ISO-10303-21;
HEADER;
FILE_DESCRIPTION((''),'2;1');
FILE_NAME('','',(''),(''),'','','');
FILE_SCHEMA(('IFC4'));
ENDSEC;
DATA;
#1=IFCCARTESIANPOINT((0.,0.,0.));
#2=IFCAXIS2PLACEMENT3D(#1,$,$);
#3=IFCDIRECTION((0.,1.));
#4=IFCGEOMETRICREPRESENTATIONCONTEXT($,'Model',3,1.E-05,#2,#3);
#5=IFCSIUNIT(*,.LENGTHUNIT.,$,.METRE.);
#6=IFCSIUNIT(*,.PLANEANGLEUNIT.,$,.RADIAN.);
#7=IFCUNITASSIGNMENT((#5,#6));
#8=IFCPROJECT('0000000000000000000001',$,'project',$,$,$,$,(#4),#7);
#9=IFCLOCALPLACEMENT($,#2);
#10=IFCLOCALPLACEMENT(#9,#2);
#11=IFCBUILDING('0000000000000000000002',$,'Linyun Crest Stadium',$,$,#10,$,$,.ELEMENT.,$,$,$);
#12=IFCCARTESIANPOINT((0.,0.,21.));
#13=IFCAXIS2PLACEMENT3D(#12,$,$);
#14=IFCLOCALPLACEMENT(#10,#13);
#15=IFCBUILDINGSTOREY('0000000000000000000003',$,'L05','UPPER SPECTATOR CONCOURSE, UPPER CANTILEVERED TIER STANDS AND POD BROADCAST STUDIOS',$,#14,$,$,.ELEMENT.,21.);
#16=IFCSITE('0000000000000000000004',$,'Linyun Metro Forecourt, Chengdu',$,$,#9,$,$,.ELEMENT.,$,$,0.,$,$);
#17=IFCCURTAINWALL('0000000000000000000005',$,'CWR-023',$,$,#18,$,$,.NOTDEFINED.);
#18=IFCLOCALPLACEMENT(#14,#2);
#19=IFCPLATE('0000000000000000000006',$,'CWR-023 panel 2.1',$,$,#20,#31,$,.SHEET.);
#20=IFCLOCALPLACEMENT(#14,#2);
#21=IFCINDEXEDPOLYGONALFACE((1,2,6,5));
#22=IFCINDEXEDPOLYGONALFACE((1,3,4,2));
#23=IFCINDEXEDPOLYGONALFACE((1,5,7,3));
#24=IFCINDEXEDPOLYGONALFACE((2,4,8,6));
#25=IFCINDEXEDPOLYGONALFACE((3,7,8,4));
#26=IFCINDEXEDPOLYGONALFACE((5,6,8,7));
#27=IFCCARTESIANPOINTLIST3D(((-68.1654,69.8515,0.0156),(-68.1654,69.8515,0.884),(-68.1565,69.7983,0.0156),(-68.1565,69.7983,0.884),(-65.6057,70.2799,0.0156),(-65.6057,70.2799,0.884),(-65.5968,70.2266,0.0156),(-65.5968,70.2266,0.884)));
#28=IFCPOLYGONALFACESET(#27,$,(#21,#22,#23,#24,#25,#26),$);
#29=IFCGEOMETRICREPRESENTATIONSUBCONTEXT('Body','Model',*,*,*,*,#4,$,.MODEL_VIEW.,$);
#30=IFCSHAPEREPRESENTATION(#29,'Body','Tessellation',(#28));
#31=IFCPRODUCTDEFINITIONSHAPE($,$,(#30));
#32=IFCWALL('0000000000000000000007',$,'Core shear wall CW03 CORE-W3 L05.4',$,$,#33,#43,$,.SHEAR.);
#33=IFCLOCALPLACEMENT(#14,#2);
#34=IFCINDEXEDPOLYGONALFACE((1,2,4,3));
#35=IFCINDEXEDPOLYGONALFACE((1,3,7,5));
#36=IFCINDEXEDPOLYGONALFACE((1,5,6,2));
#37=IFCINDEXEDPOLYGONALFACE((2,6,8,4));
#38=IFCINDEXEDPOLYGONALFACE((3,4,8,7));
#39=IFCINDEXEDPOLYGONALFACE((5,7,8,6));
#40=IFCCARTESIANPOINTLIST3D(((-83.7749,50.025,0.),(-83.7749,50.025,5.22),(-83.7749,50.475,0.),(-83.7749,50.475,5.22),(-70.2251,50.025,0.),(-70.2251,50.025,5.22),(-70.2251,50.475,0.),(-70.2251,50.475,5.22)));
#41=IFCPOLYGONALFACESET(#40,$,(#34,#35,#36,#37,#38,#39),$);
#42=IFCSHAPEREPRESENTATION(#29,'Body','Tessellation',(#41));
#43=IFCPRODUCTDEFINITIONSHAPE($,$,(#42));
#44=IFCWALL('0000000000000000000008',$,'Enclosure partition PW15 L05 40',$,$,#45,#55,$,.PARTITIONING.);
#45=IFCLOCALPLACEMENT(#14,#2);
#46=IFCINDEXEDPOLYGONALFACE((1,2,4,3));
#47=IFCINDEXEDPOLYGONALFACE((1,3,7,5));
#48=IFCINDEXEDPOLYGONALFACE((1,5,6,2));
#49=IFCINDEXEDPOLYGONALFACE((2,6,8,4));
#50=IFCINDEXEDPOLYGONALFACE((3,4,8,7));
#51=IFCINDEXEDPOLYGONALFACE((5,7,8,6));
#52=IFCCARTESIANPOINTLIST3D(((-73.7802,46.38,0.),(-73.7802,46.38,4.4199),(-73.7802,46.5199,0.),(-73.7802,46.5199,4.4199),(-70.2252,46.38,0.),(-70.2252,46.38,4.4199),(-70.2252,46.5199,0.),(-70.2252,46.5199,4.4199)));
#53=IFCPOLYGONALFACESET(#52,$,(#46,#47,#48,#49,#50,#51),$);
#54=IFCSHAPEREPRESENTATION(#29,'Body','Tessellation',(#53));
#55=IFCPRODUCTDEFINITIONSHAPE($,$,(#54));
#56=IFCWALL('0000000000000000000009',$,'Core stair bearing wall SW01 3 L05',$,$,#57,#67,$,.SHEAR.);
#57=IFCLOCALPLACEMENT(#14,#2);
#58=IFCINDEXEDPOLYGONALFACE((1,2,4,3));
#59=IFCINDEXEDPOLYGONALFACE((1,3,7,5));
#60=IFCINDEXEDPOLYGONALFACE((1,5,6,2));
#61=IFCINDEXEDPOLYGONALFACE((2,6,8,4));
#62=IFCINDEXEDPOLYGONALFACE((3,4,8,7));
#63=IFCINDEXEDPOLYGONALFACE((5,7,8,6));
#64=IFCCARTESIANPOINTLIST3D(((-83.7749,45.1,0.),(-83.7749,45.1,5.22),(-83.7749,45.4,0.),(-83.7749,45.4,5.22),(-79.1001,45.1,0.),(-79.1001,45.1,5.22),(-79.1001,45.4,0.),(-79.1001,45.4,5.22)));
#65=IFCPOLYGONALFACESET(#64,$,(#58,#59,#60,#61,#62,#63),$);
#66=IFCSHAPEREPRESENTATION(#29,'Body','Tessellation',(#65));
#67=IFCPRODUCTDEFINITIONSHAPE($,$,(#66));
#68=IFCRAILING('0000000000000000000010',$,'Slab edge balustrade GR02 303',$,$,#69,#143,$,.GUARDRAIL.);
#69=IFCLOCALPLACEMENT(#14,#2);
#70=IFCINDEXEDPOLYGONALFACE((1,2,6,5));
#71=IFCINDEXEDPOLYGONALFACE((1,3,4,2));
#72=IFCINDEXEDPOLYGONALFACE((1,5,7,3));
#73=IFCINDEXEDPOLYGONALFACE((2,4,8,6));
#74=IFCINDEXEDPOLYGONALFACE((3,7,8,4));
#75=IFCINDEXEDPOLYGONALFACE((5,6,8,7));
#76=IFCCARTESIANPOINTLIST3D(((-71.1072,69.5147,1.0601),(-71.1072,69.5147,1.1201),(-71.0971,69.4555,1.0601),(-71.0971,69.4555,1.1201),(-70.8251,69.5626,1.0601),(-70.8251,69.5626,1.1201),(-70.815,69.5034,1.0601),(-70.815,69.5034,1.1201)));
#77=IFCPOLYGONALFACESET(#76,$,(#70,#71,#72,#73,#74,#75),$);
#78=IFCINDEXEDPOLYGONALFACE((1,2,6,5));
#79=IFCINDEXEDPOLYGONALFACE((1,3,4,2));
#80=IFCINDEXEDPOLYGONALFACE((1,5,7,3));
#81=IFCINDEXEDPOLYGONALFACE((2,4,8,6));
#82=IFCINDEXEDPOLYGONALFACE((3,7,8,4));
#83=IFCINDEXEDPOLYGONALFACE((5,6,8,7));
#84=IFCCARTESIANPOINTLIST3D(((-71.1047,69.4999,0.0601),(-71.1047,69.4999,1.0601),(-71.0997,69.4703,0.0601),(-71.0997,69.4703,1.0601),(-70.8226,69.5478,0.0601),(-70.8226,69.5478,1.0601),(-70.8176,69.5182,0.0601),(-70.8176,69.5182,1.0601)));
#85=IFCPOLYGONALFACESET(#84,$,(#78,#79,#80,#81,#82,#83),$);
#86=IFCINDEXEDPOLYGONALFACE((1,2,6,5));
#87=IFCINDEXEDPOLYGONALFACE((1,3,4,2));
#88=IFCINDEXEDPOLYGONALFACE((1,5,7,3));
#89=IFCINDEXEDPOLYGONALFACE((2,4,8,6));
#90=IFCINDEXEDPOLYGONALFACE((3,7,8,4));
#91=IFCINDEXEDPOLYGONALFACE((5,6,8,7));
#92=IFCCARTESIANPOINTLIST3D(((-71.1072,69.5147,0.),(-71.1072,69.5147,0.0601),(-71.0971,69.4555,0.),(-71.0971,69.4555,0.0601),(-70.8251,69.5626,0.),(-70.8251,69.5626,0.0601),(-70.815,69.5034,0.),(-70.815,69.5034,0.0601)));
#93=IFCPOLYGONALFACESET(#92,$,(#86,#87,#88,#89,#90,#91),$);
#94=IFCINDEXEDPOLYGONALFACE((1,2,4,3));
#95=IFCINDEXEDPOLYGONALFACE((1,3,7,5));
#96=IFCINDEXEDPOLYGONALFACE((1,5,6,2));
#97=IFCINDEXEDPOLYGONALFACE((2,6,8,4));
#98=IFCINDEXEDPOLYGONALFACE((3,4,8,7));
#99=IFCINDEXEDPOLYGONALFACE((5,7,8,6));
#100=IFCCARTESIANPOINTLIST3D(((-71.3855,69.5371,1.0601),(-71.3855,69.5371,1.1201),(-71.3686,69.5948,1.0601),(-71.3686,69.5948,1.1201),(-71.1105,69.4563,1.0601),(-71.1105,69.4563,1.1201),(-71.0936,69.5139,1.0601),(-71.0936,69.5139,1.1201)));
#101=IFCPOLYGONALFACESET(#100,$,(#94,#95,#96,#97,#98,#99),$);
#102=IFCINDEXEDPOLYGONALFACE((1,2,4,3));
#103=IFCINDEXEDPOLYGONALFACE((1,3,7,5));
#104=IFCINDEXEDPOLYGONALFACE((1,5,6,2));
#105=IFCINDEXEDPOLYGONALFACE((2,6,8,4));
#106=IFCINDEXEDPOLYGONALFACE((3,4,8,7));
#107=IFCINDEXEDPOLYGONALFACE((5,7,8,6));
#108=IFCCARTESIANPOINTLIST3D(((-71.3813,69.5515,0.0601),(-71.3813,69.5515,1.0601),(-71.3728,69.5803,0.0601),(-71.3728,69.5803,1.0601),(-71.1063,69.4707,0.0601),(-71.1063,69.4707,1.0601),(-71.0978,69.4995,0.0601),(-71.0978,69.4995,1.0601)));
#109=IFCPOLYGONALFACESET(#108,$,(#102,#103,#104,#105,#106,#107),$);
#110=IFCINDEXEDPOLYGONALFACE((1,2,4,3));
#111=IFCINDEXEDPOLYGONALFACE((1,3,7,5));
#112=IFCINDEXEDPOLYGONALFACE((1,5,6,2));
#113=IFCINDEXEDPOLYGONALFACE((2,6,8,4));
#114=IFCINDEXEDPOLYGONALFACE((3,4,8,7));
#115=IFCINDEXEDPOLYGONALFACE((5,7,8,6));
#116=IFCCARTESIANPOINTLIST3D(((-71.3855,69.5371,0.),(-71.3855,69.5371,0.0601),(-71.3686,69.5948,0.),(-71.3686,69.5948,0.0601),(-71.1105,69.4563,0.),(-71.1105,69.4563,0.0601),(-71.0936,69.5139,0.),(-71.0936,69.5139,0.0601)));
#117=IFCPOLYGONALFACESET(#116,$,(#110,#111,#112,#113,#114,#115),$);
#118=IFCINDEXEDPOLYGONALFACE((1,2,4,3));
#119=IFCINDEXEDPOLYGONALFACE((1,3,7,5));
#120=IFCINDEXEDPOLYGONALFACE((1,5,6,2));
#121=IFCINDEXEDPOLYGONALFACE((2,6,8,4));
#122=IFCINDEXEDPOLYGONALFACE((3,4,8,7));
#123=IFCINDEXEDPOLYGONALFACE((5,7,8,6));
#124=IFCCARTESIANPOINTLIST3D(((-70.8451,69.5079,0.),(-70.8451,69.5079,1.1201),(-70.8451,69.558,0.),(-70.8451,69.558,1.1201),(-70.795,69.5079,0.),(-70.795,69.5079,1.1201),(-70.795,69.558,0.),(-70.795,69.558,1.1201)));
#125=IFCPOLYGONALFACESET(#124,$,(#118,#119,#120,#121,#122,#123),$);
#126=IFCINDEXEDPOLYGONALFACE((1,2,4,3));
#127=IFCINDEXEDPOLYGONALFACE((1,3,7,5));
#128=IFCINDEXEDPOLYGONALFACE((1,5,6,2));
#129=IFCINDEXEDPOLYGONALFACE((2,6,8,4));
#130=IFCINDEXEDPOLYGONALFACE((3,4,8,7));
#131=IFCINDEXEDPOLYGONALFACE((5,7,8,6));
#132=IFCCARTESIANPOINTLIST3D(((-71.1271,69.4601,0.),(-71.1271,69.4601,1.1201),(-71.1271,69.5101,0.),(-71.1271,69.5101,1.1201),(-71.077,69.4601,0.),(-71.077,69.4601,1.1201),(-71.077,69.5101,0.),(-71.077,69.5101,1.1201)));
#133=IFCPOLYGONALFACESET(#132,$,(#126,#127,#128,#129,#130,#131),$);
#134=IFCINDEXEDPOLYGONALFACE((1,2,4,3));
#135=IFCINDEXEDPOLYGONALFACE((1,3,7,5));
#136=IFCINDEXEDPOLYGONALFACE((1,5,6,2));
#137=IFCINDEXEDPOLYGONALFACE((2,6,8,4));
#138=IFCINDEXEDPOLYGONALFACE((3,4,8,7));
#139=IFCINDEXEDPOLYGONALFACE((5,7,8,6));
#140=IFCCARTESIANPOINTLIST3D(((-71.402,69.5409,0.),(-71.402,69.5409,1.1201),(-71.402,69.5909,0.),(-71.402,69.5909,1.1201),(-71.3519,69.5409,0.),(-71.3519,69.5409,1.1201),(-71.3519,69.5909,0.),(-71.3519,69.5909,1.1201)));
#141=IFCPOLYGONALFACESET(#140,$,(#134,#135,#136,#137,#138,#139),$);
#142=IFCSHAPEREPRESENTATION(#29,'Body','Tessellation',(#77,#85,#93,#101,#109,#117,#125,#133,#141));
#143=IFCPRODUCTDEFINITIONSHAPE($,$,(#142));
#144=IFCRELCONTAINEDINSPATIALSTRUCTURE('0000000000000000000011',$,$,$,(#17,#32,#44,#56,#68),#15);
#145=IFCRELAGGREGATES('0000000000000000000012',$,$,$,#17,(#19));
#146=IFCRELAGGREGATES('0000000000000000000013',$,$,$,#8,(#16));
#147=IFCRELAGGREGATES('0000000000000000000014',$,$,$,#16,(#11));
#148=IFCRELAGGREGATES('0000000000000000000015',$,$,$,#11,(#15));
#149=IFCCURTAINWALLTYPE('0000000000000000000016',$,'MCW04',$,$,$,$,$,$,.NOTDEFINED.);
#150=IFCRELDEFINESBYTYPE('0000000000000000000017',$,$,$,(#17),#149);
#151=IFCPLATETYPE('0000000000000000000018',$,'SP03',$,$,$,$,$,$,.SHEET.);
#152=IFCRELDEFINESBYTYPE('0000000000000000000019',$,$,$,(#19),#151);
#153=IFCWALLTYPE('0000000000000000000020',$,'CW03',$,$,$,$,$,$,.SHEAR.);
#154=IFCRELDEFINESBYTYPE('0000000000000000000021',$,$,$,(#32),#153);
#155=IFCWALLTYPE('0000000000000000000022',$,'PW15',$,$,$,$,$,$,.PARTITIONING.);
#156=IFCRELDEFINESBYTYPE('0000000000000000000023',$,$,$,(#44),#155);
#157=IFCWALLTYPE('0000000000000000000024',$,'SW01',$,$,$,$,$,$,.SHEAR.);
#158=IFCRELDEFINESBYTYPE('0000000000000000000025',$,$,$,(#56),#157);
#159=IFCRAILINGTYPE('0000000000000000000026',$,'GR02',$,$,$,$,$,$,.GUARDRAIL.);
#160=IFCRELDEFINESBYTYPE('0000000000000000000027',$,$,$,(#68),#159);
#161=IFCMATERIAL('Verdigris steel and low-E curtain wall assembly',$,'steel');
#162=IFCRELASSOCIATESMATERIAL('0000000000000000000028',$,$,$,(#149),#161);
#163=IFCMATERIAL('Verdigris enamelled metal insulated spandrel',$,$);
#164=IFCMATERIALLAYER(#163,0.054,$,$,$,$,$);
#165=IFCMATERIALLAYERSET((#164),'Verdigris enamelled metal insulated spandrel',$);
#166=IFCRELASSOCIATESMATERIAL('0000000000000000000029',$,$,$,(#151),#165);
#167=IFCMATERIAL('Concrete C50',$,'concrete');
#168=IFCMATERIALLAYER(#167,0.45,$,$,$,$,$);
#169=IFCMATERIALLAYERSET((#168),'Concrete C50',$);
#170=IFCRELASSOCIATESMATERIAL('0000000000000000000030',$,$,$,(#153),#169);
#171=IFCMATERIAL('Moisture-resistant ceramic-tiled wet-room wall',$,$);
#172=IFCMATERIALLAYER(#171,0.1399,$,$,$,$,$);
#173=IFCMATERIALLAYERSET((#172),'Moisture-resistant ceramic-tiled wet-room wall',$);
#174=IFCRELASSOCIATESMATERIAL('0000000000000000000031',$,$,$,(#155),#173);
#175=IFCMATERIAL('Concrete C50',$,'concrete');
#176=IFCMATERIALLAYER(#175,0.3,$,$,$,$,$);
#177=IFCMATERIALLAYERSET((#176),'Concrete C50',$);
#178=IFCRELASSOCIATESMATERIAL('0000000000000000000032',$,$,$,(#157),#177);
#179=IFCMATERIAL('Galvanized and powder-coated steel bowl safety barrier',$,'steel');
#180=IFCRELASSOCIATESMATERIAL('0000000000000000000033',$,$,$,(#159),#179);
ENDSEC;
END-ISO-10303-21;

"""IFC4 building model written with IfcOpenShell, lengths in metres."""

from ifc_helpers import new_model, si_unit, direction, frame, frame_2d, origin, origin_2d, place, context, subcontext, project, spatial, rectangle, extrude, material, layer, layer_set, type_object, element, aggregate, save


model = new_model("IFC4")

# Units and contexts
model_context = context("Model", 3, precision=1e-05, world=origin(), true_north=direction((0.0, 1.0)))
body_context = subcontext(model_context, "Body", "Model", "MODEL_VIEW")
ifc_project = project(units=[si_unit("LENGTHUNIT", "METRE"), si_unit("PLANEANGLEUNIT", "RADIAN")], contexts=[model_context])

# Site, building, storey
site_placement = place(None, origin())
site = spatial("IfcSite", under=ifc_project, at=site_placement, Name="Linyun Metro Forecourt, Chengdu", CompositionType="ELEMENT", RefElevation=0.0)
building_placement = place(site_placement, origin())
building = spatial("IfcBuilding", under=site, at=building_placement, Name="Linyun Crest Stadium", CompositionType="ELEMENT")
storey_placement = place(building_placement, frame((0.0, 0.0, 21.0)))
storey = spatial("IfcBuildingStorey", under=building, at=storey_placement, Name="L05", Description="UPPER SPECTATOR CONCOURSE, UPPER CANTILEVERED TIER STANDS AND POD BROADCAST STUDIOS", CompositionType="ELEMENT", Elevation=21.0)

# Shared definitions
ifc_material_1 = material(Name="Verdigris steel and low-E curtain wall assembly", Category="steel")
curtain_wall_type = type_object("IfcCurtainWallType", Name="MCW04", PredefinedType="NOTDEFINED", material=ifc_material_1)

# Curtain wall
curtain_wall_1_placement = place(storey_placement, origin())
curtain_wall_1 = element("IfcCurtainWall", 1, at=curtain_wall_1_placement, inside=storey, type_object=curtain_wall_type, Name="CWR-023", PredefinedType="NOTDEFINED")

# Plate
ifc_material_2 = material(Name="Verdigris enamelled metal insulated spandrel")
ifc_layer_1 = layer(ifc_material_2, 0.054)
ifc_layer_set_1 = layer_set([ifc_layer_1], Name="Verdigris enamelled metal insulated spandrel")
plate_type_1 = type_object("IfcPlateType", Name="SP03", PredefinedType="SHEET", material=ifc_layer_set_1)
plate_1_placement = place(storey_placement, frame((-66.8811, 70.0391, 0.0156), z_axis=(0.0, 0.0, 1.0), x_axis=(0.986283, 0.165065, 0.0)))
plate_1 = element("IfcPlate", 2, at=plate_1_placement, type_object=plate_type_1, Name="CWR-023 panel 2.1", PredefinedType="SHEET", context=body_context, shape_type="SweptSolid", body=[
    extrude(rectangle(XDim=2.5952, YDim=0.054, at=origin_2d()), origin(), (0.0, 0.0, 1.0), 0.8684),
])
aggregate(curtain_wall_1, [plate_1])

# Wall
ifc_material_3 = material(Name="Concrete C50", Category="concrete")
ifc_layer_2 = layer(ifc_material_3, 0.45)
ifc_layer_set_2 = layer_set([ifc_layer_2], Name="Concrete C50")
wall_type_1 = type_object("IfcWallType", Name="CW03", PredefinedType="SHEAR", material=ifc_layer_set_2)
wall_1_placement = place(storey_placement, frame((-83.7749, 50.25, 0.0), z_axis=(0.0, 0.0, 1.0), x_axis=(1.0, 0.0, 0.0)))
element("IfcWall", 3, at=wall_1_placement, inside=storey, type_object=wall_type_1, Name="Core shear wall CW03 CORE-W3 L05.4", PredefinedType="SHEAR", context=body_context, shape_type="SweptSolid", body=[
    extrude(rectangle(XDim=13.5498, YDim=0.45, at=frame_2d((6.7749, 0.0))), origin(), (0.0, 0.0, 1.0), 5.22),
])

# Shared definitions
ifc_material_4 = material(Name="Moisture-resistant ceramic-tiled wet-room wall")
ifc_layer_3 = layer(ifc_material_4, 0.1399)
ifc_layer_set_3 = layer_set([ifc_layer_3], Name="Moisture-resistant ceramic-tiled wet-room wall")
wall_type_2 = type_object("IfcWallType", Name="PW15", PredefinedType="PARTITIONING", material=ifc_layer_set_3)

# Walls
wall_2_placement = place(storey_placement, frame((-73.78, 46.45, 0.0), z_axis=(0.0, 0.0, 1.0), x_axis=(1.0, 0.0, 0.0)))
element("IfcWall", 4, at=wall_2_placement, inside=storey, type_object=wall_type_2, Name="Enclosure partition PW15 L05 40", PredefinedType="PARTITIONING", context=body_context, shape_type="SweptSolid", body=[
    extrude(rectangle(XDim=3.5549, YDim=0.1399, at=frame_2d((1.7773, 0.0))), origin(), (0.0, 0.0, 1.0), 4.4199),
])
ifc_material_5 = material(Name="Concrete C50", Category="concrete")
ifc_layer_4 = layer(ifc_material_5, 0.3)
ifc_layer_set_4 = layer_set([ifc_layer_4], Name="Concrete C50")
wall_type_3 = type_object("IfcWallType", Name="SW01", PredefinedType="SHEAR", material=ifc_layer_set_4)
wall_3_placement = place(storey_placement, frame((-83.7749, 45.25, 0.0), z_axis=(0.0, 0.0, 1.0), x_axis=(1.0, 0.0, 0.0)))
element("IfcWall", 5, at=wall_3_placement, inside=storey, type_object=wall_type_3, Name="Core stair bearing wall SW01 3 L05", PredefinedType="SHEAR", context=body_context, shape_type="SweptSolid", body=[
    extrude(rectangle(XDim=4.6748, YDim=0.3, at=frame_2d((2.3374, 0.0))), origin(), (0.0, 0.0, 1.0), 5.22),
])

# Railing
ifc_material_6 = material(Name="Galvanized and powder-coated steel bowl safety barrier", Category="steel")
railing_type = type_object("IfcRailingType", Name="GR02", PredefinedType="GUARDRAIL", material=ifc_material_6)
railing_placement = place(storey_placement, frame((-70.8201, 69.533, 0.0)))
element("IfcRailing", 6, at=railing_placement, inside=storey, type_object=railing_type, Name="Slab edge balustrade GR02 303", PredefinedType="GUARDRAIL", context=body_context, shape_type="SweptSolid", body=[
    extrude(rectangle(XDim=0.0601, YDim=0.0601, at=origin_2d()), frame((0.0, 0.0, 1.0901), z_axis=(-0.985905, -0.167305, 0.0), x_axis=(0.167305, -0.985905, 0.0)), (0.0, 0.0, 1.0), 0.2861),
    extrude(rectangle(XDim=0.03, YDim=1.0, at=origin_2d()), frame((0.0, 0.0, 0.5601), z_axis=(-0.985905, -0.167305, 0.0), x_axis=(0.167305, -0.985905, 0.0)), (0.0, 0.0, 1.0), 0.2861),
    extrude(rectangle(XDim=0.0601, YDim=0.0601, at=origin_2d()), frame((0.0, 0.0, 0.03), z_axis=(-0.985905, -0.167305, 0.0), x_axis=(0.167305, -0.985905, 0.0)), (0.0, 0.0, 1.0), 0.2861),
    extrude(rectangle(XDim=0.0601, YDim=0.0601, at=origin_2d()), frame((-0.282, -0.0479, 1.0901), z_axis=(-0.959406, 0.282028, 0.0), x_axis=(-0.282028, -0.959406, 0.0)), (0.0, 0.0, 1.0), 0.2866),
    extrude(rectangle(XDim=0.03, YDim=1.0, at=origin_2d()), frame((-0.282, -0.0479, 0.5601), z_axis=(-0.959406, 0.282028, 0.0), x_axis=(-0.282028, -0.959406, 0.0)), (0.0, 0.0, 1.0), 0.2866),
    extrude(rectangle(XDim=0.0601, YDim=0.0601, at=origin_2d()), frame((-0.282, -0.0479, 0.03), z_axis=(-0.959406, 0.282028, 0.0), x_axis=(-0.282028, -0.959406, 0.0)), (0.0, 0.0, 1.0), 0.2866),
    extrude(rectangle(XDim=0.05, YDim=0.05, at=origin_2d()), origin(), (0.0, 0.0, 1.0), 1.1201),
    extrude(rectangle(XDim=0.05, YDim=0.05, at=origin_2d()), frame((-0.282, -0.0479, 0.0)), (0.0, 0.0, 1.0), 1.1201),
    extrude(rectangle(XDim=0.05, YDim=0.05, at=origin_2d()), frame((-0.5569, 0.033, 0.0)), (0.0, 0.0, 1.0), 1.1201),
])

save(model, "model.ifc")
